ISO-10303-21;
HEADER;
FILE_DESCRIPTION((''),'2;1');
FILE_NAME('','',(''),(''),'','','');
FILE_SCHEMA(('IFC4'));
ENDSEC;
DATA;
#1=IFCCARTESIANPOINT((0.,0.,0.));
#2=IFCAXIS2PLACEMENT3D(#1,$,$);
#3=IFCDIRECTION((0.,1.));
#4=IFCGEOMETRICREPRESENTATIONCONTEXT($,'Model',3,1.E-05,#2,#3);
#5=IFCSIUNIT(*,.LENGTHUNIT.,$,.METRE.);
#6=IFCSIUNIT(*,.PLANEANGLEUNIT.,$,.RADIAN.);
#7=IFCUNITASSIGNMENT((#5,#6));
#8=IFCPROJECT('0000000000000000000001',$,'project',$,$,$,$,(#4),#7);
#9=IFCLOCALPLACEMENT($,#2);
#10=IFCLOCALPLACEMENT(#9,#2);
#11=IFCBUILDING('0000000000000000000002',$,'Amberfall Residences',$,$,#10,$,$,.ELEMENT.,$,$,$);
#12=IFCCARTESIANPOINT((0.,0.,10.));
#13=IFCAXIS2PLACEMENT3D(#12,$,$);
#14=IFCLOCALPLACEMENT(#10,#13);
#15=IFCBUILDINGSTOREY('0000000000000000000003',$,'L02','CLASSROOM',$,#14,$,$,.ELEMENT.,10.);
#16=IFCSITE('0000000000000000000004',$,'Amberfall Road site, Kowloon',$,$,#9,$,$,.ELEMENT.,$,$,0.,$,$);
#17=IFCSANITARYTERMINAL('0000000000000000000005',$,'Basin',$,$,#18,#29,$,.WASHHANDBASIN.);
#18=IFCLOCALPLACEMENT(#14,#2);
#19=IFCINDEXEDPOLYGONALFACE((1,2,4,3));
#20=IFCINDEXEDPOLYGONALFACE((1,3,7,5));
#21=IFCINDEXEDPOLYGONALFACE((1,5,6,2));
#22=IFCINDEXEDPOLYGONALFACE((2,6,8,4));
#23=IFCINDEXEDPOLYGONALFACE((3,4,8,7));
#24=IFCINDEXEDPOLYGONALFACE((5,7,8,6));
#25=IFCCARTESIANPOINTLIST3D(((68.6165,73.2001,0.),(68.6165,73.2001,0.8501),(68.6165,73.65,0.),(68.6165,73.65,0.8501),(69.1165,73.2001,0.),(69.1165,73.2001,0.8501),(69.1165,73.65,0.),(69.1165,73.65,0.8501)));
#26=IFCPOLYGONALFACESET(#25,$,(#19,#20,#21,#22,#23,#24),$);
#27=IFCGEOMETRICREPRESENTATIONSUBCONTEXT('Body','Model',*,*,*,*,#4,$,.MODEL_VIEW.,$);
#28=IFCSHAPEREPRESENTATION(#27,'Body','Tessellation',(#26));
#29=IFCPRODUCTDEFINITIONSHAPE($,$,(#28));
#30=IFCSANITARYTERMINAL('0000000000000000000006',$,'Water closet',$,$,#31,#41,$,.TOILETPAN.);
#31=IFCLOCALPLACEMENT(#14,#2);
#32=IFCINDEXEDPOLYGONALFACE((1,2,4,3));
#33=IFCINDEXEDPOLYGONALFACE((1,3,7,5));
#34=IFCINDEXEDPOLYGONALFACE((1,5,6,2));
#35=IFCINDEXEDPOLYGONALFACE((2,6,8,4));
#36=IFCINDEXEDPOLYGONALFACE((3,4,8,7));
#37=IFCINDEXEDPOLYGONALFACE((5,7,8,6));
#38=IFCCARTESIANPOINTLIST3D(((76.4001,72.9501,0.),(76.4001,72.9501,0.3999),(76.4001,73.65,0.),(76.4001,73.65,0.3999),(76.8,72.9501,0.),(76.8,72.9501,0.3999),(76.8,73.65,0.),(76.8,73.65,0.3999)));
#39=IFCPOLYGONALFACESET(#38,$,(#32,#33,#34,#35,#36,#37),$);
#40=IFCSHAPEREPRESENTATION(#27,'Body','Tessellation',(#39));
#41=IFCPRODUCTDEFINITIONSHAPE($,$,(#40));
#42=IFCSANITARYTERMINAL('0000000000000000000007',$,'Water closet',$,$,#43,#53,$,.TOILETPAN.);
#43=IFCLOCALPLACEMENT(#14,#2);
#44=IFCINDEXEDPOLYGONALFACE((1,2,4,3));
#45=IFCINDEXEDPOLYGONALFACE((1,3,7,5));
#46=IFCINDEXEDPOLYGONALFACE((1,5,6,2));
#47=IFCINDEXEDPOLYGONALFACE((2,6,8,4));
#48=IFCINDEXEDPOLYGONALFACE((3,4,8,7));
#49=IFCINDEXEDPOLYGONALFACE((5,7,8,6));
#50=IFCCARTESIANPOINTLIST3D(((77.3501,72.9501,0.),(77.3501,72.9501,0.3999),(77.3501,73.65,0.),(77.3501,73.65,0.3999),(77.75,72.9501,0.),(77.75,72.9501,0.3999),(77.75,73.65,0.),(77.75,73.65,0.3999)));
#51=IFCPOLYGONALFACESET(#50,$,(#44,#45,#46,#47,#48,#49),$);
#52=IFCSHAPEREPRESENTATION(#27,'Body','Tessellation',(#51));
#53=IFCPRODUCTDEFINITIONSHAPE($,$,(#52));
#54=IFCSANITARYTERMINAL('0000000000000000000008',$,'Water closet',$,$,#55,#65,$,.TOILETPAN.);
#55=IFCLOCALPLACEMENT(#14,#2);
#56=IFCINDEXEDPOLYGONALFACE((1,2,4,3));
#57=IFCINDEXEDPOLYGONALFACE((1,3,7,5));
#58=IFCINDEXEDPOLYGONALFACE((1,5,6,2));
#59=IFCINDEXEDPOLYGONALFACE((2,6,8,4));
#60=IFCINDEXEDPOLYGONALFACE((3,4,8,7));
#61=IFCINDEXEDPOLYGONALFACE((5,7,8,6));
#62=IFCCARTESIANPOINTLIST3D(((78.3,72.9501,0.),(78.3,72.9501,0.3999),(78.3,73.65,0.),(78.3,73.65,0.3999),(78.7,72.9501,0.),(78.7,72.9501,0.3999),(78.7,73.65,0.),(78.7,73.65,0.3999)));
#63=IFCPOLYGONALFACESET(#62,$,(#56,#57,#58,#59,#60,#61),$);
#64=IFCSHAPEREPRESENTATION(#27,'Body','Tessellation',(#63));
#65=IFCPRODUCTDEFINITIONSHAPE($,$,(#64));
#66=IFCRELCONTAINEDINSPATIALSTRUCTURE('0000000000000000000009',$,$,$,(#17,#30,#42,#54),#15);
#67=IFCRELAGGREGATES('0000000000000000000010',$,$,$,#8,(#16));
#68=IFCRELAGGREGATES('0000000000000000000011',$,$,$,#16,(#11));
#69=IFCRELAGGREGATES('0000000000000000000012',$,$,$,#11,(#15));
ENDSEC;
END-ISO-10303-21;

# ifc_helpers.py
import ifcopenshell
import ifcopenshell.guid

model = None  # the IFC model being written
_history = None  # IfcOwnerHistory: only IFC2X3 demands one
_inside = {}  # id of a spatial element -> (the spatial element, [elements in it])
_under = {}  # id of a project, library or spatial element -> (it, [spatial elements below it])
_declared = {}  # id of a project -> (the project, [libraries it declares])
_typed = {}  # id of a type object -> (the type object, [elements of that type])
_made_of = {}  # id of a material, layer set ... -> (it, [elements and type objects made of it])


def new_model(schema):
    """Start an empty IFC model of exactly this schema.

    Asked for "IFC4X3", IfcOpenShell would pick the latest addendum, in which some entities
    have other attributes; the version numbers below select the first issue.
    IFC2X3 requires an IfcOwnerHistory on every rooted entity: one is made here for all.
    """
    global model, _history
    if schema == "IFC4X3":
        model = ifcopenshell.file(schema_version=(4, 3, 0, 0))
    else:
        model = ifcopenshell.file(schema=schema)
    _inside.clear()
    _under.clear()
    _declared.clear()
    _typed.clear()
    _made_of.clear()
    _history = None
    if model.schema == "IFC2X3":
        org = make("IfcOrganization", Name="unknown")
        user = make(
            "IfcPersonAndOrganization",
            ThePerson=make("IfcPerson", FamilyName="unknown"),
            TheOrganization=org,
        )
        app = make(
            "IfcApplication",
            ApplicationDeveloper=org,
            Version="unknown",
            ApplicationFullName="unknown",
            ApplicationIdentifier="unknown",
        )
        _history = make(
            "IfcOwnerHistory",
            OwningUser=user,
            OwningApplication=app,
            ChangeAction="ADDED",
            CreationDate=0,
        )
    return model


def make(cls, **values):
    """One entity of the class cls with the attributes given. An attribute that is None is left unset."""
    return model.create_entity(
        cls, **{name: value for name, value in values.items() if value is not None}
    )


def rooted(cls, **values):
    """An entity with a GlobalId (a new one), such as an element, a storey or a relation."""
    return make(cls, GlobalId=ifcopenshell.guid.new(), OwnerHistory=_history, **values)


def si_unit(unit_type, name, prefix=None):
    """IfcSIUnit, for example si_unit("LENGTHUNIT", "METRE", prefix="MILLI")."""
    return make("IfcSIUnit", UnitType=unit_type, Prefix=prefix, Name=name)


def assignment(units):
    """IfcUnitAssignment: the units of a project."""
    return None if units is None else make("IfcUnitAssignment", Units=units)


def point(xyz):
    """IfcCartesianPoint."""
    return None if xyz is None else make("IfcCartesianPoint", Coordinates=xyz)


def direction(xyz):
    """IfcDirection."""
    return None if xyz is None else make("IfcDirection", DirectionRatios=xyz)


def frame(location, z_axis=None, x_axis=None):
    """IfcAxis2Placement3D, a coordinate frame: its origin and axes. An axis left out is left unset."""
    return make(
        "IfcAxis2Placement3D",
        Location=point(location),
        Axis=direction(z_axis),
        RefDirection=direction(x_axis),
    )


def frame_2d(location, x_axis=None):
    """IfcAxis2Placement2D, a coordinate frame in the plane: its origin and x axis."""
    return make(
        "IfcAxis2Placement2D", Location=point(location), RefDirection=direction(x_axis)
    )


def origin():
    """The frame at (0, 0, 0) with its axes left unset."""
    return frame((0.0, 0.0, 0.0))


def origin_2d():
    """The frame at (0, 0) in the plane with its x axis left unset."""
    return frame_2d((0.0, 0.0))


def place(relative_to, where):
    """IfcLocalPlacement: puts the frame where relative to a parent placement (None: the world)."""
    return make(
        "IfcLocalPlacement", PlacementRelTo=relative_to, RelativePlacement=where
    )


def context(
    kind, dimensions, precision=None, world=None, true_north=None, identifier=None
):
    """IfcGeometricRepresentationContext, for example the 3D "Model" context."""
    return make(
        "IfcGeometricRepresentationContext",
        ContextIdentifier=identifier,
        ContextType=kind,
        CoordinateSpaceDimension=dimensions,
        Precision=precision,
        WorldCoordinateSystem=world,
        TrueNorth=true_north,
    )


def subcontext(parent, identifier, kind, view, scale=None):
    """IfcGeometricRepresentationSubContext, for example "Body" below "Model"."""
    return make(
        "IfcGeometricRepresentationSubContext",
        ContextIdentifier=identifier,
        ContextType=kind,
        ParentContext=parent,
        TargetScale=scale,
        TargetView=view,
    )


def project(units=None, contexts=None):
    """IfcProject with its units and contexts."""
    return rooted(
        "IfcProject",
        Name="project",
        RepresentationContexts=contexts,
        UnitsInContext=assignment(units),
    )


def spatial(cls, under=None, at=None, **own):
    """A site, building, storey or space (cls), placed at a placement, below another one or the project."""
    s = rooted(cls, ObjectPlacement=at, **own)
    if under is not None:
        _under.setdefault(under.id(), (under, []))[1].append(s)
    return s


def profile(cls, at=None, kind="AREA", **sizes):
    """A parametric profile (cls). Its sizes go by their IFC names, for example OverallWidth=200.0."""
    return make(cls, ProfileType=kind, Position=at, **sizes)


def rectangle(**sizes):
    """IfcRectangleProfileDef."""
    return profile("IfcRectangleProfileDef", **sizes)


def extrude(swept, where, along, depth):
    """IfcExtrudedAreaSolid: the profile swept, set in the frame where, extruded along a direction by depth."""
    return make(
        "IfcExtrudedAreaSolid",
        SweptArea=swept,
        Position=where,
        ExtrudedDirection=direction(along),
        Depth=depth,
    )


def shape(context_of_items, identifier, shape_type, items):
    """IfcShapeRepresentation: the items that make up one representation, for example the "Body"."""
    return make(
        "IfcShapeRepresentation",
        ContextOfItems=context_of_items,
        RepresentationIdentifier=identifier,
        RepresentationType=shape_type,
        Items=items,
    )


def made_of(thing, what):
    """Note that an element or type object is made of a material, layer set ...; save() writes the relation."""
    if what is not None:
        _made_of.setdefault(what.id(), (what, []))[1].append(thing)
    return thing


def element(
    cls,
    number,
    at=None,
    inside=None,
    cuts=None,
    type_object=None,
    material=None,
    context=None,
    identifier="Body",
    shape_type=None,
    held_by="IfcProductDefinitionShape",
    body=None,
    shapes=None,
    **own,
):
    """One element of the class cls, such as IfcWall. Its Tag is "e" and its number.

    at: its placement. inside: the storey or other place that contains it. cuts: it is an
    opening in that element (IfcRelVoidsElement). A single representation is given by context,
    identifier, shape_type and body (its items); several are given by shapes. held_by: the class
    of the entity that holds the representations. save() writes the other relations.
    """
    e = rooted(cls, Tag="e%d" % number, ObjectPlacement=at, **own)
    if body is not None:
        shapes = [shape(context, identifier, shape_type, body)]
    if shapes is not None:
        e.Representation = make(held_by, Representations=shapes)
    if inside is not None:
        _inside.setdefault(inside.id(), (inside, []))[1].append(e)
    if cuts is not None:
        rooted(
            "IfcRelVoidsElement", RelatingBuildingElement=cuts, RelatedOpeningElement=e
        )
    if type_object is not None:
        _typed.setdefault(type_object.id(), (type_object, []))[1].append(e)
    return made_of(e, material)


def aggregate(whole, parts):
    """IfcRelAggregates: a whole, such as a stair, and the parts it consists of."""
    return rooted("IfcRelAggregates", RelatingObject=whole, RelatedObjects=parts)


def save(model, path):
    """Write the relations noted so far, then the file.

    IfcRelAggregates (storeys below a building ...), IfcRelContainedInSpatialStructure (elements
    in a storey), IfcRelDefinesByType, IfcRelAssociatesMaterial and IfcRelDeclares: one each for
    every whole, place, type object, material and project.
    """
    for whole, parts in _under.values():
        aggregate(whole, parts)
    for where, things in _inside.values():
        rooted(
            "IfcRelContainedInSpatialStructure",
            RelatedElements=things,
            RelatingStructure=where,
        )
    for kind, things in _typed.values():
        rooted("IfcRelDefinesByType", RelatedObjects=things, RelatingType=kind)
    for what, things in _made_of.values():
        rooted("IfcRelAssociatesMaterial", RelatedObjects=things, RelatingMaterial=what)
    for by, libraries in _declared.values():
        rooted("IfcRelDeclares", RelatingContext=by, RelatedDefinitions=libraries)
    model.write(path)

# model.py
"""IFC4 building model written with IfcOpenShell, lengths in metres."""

from ifc_helpers import new_model, si_unit, direction, frame, origin, origin_2d, place, context, subcontext, project, spatial, rectangle, extrude, element, save


model = new_model("IFC4")

# Units and contexts
model_context = context("Model", 3, precision=1e-05, world=origin(), true_north=direction((0.0, 1.0)))
body_context = subcontext(model_context, "Body", "Model", "MODEL_VIEW")
ifc_project = project(units=[si_unit("LENGTHUNIT", "METRE"), si_unit("PLANEANGLEUNIT", "RADIAN")], contexts=[model_context])

# Site, building, storey
site_placement = place(None, origin())
site = spatial("IfcSite", under=ifc_project, at=site_placement, Name="Amberfall Road site, Kowloon", CompositionType="ELEMENT", RefElevation=0.0)
building_placement = place(site_placement, origin())
building = spatial("IfcBuilding", under=site, at=building_placement, Name="Amberfall Residences", CompositionType="ELEMENT")
storey_placement = place(building_placement, frame((0.0, 0.0, 10.0)))
storey = spatial("IfcBuildingStorey", under=building, at=storey_placement, Name="L02", Description="CLASSROOM", CompositionType="ELEMENT", Elevation=10.0)

# Sanitary terminals
sanitary_terminal_placement = place(storey_placement, frame((68.8665, 73.425, 0.0), z_axis=(0.0, 0.0, 1.0), x_axis=(1.0, 0.0, 0.0)))
element("IfcSanitaryTerminal", 1, at=sanitary_terminal_placement, inside=storey, Name="Basin", PredefinedType="WASHHANDBASIN", context=body_context, shape_type="SweptSolid", body=[
    extrude(rectangle(XDim=0.5, YDim=0.45, at=origin_2d()), origin(), (0.0, 0.0, 1.0), 0.8501),
])
for number, where, z_axis, x_axis, name in (
    (2, (76.6001, 73.3, 0.0), (0.0, 0.0, 1.0), (1.0, 0.0, 0.0), "Water closet"),
    (3, (77.55, 73.3, 0.0), (0.0, 0.0, 1.0), (1.0, 0.0, 0.0), "Water closet"),
    (4, (78.5, 73.3, 0.0), (0.0, 0.0, 1.0), (1.0, 0.0, 0.0), "Water closet"),
):
    element("IfcSanitaryTerminal", number, at=place(storey_placement, frame(where, z_axis=z_axis, x_axis=x_axis)), inside=storey, Name=name, PredefinedType="TOILETPAN", context=body_context, shape_type="SweptSolid", body=[
        extrude(rectangle(XDim=0.3999, YDim=0.7, at=origin_2d()), origin(), (0.0, 0.0, 1.0), 0.3999),
    ])

save(model, "model.ifc")
